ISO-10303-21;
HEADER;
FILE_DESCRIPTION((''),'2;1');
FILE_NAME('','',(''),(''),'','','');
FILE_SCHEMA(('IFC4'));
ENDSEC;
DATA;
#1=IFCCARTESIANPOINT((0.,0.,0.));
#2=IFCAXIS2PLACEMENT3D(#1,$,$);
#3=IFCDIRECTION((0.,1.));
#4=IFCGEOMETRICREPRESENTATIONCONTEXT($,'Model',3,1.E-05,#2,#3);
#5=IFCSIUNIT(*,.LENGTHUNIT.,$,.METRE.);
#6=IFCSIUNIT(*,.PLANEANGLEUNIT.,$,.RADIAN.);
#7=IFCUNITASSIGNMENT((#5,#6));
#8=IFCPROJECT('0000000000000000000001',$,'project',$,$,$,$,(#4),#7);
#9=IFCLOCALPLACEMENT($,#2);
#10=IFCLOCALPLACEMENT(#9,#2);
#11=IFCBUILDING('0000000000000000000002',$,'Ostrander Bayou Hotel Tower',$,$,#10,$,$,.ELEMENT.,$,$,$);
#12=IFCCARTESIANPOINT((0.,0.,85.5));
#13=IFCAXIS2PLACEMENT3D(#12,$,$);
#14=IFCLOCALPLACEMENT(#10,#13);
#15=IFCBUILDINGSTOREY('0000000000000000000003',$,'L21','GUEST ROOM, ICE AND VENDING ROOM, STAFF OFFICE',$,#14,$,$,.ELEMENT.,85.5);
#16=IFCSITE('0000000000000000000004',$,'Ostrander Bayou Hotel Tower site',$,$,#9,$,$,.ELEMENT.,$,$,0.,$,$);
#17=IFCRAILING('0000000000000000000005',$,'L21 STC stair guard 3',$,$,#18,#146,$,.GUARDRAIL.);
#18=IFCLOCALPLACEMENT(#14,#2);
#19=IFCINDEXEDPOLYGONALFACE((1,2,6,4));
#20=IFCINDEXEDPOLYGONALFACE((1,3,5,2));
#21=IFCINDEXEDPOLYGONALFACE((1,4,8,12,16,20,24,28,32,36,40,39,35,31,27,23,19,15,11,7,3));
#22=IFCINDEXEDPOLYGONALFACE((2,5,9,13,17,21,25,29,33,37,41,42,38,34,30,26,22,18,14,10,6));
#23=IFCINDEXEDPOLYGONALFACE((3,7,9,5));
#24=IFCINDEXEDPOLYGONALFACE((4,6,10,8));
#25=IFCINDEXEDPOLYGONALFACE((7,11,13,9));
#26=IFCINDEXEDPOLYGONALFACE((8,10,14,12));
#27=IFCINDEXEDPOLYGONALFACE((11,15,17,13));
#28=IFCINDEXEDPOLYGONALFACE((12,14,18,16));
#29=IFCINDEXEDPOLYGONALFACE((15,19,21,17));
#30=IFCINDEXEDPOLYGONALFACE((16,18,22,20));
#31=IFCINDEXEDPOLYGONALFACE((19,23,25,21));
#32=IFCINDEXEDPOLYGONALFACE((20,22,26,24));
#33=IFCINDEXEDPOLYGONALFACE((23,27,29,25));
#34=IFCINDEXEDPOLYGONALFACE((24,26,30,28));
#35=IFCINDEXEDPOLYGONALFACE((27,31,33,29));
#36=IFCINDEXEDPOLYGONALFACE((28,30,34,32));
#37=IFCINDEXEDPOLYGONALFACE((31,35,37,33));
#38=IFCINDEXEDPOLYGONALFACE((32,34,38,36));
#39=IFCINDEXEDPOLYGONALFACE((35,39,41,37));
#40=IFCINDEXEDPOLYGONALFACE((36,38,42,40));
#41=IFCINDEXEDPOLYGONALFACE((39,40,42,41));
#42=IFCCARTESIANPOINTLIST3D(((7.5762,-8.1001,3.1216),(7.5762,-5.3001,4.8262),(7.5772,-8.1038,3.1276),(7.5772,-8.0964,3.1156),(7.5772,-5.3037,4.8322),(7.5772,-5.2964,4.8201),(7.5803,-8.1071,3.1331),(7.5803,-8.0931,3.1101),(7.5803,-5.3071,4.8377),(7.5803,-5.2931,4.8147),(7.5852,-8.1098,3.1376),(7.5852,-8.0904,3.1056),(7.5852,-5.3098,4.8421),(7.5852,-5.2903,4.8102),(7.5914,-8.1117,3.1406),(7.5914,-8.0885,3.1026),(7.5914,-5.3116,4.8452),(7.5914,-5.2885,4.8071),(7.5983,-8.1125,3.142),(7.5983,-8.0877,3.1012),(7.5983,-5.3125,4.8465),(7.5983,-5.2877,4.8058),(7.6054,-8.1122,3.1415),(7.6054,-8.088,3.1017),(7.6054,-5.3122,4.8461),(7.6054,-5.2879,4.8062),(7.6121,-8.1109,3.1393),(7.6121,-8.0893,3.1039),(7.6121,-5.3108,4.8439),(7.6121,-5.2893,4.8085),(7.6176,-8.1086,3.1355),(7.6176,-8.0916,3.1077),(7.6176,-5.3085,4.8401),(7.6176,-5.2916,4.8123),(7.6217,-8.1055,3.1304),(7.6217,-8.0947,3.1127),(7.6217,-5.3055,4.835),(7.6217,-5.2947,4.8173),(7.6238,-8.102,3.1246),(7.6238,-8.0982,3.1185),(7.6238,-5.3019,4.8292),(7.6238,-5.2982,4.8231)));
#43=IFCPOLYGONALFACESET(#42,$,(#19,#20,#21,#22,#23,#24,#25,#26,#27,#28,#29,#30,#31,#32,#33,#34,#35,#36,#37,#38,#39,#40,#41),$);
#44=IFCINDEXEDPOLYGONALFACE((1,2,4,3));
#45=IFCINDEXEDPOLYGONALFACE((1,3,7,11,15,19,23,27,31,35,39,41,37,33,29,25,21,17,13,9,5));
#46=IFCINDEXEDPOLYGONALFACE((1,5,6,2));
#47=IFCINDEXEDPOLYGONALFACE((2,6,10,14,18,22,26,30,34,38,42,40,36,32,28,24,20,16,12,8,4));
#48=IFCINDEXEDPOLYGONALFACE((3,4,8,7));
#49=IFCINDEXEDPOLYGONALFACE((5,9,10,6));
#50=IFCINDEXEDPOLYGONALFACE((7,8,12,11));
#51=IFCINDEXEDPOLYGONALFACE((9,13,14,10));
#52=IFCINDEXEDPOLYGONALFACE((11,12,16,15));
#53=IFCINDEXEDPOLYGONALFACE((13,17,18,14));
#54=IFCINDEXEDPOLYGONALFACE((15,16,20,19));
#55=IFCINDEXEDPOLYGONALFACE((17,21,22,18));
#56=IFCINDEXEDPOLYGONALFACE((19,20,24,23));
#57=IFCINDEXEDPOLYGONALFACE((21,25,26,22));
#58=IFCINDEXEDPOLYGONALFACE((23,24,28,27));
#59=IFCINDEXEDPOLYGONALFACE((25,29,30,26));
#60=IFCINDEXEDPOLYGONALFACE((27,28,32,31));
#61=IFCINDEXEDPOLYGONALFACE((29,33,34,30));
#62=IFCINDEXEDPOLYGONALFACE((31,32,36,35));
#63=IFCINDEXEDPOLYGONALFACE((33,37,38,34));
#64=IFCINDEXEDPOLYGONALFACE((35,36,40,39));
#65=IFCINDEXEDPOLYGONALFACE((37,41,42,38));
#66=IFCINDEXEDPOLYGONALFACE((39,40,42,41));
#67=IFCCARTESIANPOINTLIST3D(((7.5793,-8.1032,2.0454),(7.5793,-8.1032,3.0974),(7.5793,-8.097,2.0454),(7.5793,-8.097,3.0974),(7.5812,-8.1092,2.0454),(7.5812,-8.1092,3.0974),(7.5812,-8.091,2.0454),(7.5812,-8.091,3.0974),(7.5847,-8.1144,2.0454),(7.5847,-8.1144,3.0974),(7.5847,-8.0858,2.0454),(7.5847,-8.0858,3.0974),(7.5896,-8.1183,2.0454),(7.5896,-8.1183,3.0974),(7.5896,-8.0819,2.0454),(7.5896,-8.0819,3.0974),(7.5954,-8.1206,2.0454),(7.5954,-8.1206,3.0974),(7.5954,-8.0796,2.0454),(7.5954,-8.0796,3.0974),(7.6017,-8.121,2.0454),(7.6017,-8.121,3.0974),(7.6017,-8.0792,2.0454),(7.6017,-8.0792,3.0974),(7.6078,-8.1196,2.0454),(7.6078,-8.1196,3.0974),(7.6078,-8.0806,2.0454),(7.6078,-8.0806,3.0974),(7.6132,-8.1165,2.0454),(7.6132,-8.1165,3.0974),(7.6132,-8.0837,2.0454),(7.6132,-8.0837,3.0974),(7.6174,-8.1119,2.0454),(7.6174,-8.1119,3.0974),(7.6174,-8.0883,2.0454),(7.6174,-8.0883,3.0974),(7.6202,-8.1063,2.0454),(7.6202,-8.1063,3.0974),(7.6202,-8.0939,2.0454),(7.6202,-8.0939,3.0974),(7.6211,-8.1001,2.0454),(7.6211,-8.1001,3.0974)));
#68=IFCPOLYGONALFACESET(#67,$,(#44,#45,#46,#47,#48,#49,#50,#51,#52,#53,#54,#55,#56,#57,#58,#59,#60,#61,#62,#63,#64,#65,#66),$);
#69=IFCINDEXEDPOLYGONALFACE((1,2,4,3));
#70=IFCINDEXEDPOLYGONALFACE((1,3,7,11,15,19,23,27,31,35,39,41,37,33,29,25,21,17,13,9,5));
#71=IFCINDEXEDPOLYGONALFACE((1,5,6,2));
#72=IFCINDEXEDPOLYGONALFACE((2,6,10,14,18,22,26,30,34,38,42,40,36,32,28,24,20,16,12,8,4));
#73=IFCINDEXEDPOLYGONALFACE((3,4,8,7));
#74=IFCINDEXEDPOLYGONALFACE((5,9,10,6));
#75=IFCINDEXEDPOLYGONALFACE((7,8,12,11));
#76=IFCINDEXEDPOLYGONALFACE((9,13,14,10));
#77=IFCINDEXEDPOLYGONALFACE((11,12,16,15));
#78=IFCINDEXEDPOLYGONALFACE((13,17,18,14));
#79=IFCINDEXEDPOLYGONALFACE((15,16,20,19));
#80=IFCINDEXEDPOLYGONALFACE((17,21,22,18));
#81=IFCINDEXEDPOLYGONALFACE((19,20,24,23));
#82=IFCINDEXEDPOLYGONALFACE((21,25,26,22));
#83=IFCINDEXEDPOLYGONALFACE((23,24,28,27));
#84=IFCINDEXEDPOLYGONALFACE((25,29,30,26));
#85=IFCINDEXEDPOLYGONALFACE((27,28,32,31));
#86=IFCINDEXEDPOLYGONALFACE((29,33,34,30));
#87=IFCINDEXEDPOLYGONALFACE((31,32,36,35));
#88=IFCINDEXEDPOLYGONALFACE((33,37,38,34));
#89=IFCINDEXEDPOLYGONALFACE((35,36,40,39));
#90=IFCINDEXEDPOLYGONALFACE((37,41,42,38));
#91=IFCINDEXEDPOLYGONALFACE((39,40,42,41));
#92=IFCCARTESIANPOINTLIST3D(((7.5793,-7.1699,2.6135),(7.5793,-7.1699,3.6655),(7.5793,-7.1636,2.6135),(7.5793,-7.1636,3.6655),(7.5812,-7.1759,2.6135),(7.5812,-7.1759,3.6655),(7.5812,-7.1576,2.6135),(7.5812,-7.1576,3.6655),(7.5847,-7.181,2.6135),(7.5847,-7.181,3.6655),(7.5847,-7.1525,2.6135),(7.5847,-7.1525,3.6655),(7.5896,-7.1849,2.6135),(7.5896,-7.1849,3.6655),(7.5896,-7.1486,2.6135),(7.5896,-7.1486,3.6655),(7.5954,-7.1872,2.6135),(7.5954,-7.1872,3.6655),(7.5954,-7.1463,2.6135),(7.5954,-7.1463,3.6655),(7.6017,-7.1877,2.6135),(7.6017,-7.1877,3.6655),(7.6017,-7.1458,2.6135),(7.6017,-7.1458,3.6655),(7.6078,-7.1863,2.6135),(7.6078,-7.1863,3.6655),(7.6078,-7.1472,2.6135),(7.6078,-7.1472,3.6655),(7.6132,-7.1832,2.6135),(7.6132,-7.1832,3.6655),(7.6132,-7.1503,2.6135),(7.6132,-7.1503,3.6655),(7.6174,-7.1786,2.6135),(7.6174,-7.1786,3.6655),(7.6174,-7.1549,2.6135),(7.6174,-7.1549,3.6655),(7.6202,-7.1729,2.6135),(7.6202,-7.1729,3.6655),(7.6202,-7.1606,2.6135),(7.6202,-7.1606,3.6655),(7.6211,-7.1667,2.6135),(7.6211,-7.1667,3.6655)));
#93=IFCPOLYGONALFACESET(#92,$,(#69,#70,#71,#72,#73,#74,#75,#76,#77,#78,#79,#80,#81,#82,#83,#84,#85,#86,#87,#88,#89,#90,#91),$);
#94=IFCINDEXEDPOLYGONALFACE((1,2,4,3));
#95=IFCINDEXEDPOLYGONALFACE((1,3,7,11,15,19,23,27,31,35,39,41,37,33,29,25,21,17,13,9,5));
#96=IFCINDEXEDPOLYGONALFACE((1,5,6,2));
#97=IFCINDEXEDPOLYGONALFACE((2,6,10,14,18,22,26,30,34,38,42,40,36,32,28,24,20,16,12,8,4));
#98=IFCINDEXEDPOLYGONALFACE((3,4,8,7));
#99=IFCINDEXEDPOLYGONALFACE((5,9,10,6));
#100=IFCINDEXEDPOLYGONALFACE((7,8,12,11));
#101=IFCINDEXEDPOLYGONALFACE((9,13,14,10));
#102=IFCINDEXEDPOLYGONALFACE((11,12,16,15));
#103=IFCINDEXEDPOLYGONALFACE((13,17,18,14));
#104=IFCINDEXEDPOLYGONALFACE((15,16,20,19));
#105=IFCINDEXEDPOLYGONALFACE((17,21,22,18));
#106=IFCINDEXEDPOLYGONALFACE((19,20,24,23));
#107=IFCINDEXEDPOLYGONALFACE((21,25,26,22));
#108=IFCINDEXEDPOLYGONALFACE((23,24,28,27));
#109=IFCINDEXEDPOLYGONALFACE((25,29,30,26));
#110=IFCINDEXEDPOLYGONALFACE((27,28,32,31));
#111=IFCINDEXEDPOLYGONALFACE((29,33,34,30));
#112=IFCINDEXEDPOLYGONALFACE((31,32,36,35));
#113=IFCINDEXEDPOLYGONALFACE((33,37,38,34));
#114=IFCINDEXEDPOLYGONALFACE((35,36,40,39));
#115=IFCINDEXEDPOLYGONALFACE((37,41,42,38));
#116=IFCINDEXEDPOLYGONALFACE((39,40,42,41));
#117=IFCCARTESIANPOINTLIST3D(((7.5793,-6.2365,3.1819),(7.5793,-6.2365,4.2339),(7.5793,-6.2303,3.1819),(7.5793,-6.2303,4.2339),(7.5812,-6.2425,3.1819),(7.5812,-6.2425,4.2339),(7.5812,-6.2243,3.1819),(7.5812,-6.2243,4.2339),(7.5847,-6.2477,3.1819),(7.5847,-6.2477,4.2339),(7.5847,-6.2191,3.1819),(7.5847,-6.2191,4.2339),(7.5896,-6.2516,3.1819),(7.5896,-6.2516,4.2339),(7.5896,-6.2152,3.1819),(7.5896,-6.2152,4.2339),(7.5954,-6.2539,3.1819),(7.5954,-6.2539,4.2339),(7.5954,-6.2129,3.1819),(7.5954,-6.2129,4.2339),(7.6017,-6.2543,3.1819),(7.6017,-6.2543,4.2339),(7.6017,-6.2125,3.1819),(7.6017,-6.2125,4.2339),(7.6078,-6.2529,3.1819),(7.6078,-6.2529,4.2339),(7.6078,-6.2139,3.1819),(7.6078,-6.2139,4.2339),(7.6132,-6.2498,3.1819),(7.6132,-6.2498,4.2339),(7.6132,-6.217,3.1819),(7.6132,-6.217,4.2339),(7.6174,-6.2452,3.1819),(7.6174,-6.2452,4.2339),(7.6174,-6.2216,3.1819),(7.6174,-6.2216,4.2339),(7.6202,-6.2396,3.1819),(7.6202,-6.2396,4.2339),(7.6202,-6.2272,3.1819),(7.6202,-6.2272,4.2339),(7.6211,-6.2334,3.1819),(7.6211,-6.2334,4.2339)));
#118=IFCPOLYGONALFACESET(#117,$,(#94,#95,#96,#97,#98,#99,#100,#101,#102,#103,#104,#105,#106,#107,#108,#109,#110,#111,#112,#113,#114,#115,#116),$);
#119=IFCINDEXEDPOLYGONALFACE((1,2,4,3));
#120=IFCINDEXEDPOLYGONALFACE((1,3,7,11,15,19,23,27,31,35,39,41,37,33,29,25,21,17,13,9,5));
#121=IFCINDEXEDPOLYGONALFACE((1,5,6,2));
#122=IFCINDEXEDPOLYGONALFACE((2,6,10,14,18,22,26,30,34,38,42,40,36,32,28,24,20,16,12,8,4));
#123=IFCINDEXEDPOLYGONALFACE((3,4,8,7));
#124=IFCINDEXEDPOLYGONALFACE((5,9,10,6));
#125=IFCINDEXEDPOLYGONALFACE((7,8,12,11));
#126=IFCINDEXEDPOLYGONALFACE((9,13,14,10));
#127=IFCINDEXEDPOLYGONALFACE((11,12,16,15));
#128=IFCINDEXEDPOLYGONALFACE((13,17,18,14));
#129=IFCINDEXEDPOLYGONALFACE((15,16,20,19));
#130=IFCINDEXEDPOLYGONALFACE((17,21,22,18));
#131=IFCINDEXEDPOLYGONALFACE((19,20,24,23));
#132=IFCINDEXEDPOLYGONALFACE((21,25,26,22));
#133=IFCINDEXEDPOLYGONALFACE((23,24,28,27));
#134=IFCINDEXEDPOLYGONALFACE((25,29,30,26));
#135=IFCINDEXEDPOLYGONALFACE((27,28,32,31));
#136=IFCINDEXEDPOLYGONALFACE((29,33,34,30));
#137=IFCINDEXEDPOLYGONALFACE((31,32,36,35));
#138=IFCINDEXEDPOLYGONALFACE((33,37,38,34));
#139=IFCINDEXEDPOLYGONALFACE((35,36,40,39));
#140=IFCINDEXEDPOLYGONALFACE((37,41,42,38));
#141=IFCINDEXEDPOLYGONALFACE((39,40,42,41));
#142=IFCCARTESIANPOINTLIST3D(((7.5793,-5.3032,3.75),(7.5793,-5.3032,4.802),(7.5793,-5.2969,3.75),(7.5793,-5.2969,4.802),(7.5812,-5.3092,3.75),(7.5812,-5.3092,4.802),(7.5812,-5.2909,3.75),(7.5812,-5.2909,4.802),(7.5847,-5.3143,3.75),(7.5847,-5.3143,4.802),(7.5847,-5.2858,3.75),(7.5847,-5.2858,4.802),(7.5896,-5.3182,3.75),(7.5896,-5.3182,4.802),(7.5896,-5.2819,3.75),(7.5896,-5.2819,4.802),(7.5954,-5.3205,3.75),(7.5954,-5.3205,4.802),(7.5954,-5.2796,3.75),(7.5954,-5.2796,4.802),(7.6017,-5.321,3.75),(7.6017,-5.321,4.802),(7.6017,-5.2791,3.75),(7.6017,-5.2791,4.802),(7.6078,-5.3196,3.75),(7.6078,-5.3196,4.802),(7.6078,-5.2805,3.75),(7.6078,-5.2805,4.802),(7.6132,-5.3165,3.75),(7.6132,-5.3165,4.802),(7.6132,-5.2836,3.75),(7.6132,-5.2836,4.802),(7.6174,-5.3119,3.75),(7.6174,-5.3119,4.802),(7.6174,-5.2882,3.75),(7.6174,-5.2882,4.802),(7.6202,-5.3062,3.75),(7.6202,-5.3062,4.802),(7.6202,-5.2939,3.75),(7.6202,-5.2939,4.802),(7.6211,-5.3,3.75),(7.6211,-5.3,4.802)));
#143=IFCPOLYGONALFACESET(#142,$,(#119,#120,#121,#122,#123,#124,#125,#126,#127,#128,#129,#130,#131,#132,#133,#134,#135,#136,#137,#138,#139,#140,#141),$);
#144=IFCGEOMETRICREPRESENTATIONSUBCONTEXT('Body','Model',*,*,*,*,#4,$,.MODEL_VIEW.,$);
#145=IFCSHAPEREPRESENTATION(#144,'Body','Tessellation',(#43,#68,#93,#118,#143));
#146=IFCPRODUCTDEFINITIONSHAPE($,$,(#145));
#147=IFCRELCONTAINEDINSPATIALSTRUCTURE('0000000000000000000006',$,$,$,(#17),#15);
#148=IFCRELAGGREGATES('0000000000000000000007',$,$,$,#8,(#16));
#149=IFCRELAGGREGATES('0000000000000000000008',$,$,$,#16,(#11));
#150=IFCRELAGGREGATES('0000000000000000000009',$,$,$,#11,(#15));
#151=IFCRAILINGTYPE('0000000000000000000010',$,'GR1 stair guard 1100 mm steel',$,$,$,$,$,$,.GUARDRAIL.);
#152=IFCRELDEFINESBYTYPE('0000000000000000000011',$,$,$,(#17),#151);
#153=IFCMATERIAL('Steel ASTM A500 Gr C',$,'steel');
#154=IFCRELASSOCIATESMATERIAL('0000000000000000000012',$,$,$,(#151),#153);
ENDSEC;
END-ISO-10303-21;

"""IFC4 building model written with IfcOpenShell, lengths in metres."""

from ifc_helpers import new_model, si_unit, direction, frame, origin, origin_2d, place, context, subcontext, project, spatial, circle, extrude, material, type_object, element, save


model = new_model("IFC4")

# Units and contexts
model_context = context("Model", 3, precision=1e-05, world=origin(), true_north=direction((0.0, 1.0)))
body_context = subcontext(model_context, "Body", "Model", "MODEL_VIEW")
ifc_project = project(units=[si_unit("LENGTHUNIT", "METRE"), si_unit("PLANEANGLEUNIT", "RADIAN")], contexts=[model_context])

# Site, building, storey
site_placement = place(None, origin())
site = spatial("IfcSite", under=ifc_project, at=site_placement, Name="Ostrander Bayou Hotel Tower site", CompositionType="ELEMENT", RefElevation=0.0)
building_placement = place(site_placement, origin())
building = spatial("IfcBuilding", under=site, at=building_placement, Name="Ostrander Bayou Hotel Tower", CompositionType="ELEMENT")
storey_placement = place(building_placement, frame((0.0, 0.0, 85.5)))
storey = spatial("IfcBuildingStorey", under=building, at=storey_placement, Name="L21", Description="GUEST ROOM, ICE AND VENDING ROOM, STAFF OFFICE", CompositionType="ELEMENT", Elevation=85.5)

# Railing
ifc_material_1 = material(Name="Steel ASTM A500 Gr C", Category="steel")
railing_type_1 = type_object("IfcRailingType", Name="GR1 stair guard 1100 mm steel", PredefinedType="GUARDRAIL", material=ifc_material_1)
railing_1_placement = place(storey_placement, frame((7.6001, -8.1001, 2.0454)))
element("IfcRailing", 1, at=railing_1_placement, inside=storey, type_object=railing_type_1, Name="L21 STC stair guard 3", PredefinedType="GUARDRAIL", context=body_context, shape_type="SweptSolid", body=[
    extrude(circle(Radius=0.0239, at=origin_2d()), frame((0.0, 0.0, 1.0762), z_axis=(0.0, 0.85417, 0.519994), x_axis=(-1.0, 0.0, 0.0)), (0.0, 0.0, 1.0), 3.2781),
    extrude(circle(Radius=0.021, at=origin_2d()), origin(), (0.0, 0.0, 1.0), 1.052),
    extrude(circle(Radius=0.021, at=origin_2d()), frame((0.0, 0.9333, 0.5681)), (0.0, 0.0, 1.0), 1.052),
    extrude(circle(Radius=0.021, at=origin_2d()), frame((0.0, 1.8667, 1.1365)), (0.0, 0.0, 1.0), 1.052),
    extrude(circle(Radius=0.021, at=origin_2d()), frame((0.0, 2.8, 1.7046)), (0.0, 0.0, 1.0), 1.052),
])

save(model, "model.ifc")
